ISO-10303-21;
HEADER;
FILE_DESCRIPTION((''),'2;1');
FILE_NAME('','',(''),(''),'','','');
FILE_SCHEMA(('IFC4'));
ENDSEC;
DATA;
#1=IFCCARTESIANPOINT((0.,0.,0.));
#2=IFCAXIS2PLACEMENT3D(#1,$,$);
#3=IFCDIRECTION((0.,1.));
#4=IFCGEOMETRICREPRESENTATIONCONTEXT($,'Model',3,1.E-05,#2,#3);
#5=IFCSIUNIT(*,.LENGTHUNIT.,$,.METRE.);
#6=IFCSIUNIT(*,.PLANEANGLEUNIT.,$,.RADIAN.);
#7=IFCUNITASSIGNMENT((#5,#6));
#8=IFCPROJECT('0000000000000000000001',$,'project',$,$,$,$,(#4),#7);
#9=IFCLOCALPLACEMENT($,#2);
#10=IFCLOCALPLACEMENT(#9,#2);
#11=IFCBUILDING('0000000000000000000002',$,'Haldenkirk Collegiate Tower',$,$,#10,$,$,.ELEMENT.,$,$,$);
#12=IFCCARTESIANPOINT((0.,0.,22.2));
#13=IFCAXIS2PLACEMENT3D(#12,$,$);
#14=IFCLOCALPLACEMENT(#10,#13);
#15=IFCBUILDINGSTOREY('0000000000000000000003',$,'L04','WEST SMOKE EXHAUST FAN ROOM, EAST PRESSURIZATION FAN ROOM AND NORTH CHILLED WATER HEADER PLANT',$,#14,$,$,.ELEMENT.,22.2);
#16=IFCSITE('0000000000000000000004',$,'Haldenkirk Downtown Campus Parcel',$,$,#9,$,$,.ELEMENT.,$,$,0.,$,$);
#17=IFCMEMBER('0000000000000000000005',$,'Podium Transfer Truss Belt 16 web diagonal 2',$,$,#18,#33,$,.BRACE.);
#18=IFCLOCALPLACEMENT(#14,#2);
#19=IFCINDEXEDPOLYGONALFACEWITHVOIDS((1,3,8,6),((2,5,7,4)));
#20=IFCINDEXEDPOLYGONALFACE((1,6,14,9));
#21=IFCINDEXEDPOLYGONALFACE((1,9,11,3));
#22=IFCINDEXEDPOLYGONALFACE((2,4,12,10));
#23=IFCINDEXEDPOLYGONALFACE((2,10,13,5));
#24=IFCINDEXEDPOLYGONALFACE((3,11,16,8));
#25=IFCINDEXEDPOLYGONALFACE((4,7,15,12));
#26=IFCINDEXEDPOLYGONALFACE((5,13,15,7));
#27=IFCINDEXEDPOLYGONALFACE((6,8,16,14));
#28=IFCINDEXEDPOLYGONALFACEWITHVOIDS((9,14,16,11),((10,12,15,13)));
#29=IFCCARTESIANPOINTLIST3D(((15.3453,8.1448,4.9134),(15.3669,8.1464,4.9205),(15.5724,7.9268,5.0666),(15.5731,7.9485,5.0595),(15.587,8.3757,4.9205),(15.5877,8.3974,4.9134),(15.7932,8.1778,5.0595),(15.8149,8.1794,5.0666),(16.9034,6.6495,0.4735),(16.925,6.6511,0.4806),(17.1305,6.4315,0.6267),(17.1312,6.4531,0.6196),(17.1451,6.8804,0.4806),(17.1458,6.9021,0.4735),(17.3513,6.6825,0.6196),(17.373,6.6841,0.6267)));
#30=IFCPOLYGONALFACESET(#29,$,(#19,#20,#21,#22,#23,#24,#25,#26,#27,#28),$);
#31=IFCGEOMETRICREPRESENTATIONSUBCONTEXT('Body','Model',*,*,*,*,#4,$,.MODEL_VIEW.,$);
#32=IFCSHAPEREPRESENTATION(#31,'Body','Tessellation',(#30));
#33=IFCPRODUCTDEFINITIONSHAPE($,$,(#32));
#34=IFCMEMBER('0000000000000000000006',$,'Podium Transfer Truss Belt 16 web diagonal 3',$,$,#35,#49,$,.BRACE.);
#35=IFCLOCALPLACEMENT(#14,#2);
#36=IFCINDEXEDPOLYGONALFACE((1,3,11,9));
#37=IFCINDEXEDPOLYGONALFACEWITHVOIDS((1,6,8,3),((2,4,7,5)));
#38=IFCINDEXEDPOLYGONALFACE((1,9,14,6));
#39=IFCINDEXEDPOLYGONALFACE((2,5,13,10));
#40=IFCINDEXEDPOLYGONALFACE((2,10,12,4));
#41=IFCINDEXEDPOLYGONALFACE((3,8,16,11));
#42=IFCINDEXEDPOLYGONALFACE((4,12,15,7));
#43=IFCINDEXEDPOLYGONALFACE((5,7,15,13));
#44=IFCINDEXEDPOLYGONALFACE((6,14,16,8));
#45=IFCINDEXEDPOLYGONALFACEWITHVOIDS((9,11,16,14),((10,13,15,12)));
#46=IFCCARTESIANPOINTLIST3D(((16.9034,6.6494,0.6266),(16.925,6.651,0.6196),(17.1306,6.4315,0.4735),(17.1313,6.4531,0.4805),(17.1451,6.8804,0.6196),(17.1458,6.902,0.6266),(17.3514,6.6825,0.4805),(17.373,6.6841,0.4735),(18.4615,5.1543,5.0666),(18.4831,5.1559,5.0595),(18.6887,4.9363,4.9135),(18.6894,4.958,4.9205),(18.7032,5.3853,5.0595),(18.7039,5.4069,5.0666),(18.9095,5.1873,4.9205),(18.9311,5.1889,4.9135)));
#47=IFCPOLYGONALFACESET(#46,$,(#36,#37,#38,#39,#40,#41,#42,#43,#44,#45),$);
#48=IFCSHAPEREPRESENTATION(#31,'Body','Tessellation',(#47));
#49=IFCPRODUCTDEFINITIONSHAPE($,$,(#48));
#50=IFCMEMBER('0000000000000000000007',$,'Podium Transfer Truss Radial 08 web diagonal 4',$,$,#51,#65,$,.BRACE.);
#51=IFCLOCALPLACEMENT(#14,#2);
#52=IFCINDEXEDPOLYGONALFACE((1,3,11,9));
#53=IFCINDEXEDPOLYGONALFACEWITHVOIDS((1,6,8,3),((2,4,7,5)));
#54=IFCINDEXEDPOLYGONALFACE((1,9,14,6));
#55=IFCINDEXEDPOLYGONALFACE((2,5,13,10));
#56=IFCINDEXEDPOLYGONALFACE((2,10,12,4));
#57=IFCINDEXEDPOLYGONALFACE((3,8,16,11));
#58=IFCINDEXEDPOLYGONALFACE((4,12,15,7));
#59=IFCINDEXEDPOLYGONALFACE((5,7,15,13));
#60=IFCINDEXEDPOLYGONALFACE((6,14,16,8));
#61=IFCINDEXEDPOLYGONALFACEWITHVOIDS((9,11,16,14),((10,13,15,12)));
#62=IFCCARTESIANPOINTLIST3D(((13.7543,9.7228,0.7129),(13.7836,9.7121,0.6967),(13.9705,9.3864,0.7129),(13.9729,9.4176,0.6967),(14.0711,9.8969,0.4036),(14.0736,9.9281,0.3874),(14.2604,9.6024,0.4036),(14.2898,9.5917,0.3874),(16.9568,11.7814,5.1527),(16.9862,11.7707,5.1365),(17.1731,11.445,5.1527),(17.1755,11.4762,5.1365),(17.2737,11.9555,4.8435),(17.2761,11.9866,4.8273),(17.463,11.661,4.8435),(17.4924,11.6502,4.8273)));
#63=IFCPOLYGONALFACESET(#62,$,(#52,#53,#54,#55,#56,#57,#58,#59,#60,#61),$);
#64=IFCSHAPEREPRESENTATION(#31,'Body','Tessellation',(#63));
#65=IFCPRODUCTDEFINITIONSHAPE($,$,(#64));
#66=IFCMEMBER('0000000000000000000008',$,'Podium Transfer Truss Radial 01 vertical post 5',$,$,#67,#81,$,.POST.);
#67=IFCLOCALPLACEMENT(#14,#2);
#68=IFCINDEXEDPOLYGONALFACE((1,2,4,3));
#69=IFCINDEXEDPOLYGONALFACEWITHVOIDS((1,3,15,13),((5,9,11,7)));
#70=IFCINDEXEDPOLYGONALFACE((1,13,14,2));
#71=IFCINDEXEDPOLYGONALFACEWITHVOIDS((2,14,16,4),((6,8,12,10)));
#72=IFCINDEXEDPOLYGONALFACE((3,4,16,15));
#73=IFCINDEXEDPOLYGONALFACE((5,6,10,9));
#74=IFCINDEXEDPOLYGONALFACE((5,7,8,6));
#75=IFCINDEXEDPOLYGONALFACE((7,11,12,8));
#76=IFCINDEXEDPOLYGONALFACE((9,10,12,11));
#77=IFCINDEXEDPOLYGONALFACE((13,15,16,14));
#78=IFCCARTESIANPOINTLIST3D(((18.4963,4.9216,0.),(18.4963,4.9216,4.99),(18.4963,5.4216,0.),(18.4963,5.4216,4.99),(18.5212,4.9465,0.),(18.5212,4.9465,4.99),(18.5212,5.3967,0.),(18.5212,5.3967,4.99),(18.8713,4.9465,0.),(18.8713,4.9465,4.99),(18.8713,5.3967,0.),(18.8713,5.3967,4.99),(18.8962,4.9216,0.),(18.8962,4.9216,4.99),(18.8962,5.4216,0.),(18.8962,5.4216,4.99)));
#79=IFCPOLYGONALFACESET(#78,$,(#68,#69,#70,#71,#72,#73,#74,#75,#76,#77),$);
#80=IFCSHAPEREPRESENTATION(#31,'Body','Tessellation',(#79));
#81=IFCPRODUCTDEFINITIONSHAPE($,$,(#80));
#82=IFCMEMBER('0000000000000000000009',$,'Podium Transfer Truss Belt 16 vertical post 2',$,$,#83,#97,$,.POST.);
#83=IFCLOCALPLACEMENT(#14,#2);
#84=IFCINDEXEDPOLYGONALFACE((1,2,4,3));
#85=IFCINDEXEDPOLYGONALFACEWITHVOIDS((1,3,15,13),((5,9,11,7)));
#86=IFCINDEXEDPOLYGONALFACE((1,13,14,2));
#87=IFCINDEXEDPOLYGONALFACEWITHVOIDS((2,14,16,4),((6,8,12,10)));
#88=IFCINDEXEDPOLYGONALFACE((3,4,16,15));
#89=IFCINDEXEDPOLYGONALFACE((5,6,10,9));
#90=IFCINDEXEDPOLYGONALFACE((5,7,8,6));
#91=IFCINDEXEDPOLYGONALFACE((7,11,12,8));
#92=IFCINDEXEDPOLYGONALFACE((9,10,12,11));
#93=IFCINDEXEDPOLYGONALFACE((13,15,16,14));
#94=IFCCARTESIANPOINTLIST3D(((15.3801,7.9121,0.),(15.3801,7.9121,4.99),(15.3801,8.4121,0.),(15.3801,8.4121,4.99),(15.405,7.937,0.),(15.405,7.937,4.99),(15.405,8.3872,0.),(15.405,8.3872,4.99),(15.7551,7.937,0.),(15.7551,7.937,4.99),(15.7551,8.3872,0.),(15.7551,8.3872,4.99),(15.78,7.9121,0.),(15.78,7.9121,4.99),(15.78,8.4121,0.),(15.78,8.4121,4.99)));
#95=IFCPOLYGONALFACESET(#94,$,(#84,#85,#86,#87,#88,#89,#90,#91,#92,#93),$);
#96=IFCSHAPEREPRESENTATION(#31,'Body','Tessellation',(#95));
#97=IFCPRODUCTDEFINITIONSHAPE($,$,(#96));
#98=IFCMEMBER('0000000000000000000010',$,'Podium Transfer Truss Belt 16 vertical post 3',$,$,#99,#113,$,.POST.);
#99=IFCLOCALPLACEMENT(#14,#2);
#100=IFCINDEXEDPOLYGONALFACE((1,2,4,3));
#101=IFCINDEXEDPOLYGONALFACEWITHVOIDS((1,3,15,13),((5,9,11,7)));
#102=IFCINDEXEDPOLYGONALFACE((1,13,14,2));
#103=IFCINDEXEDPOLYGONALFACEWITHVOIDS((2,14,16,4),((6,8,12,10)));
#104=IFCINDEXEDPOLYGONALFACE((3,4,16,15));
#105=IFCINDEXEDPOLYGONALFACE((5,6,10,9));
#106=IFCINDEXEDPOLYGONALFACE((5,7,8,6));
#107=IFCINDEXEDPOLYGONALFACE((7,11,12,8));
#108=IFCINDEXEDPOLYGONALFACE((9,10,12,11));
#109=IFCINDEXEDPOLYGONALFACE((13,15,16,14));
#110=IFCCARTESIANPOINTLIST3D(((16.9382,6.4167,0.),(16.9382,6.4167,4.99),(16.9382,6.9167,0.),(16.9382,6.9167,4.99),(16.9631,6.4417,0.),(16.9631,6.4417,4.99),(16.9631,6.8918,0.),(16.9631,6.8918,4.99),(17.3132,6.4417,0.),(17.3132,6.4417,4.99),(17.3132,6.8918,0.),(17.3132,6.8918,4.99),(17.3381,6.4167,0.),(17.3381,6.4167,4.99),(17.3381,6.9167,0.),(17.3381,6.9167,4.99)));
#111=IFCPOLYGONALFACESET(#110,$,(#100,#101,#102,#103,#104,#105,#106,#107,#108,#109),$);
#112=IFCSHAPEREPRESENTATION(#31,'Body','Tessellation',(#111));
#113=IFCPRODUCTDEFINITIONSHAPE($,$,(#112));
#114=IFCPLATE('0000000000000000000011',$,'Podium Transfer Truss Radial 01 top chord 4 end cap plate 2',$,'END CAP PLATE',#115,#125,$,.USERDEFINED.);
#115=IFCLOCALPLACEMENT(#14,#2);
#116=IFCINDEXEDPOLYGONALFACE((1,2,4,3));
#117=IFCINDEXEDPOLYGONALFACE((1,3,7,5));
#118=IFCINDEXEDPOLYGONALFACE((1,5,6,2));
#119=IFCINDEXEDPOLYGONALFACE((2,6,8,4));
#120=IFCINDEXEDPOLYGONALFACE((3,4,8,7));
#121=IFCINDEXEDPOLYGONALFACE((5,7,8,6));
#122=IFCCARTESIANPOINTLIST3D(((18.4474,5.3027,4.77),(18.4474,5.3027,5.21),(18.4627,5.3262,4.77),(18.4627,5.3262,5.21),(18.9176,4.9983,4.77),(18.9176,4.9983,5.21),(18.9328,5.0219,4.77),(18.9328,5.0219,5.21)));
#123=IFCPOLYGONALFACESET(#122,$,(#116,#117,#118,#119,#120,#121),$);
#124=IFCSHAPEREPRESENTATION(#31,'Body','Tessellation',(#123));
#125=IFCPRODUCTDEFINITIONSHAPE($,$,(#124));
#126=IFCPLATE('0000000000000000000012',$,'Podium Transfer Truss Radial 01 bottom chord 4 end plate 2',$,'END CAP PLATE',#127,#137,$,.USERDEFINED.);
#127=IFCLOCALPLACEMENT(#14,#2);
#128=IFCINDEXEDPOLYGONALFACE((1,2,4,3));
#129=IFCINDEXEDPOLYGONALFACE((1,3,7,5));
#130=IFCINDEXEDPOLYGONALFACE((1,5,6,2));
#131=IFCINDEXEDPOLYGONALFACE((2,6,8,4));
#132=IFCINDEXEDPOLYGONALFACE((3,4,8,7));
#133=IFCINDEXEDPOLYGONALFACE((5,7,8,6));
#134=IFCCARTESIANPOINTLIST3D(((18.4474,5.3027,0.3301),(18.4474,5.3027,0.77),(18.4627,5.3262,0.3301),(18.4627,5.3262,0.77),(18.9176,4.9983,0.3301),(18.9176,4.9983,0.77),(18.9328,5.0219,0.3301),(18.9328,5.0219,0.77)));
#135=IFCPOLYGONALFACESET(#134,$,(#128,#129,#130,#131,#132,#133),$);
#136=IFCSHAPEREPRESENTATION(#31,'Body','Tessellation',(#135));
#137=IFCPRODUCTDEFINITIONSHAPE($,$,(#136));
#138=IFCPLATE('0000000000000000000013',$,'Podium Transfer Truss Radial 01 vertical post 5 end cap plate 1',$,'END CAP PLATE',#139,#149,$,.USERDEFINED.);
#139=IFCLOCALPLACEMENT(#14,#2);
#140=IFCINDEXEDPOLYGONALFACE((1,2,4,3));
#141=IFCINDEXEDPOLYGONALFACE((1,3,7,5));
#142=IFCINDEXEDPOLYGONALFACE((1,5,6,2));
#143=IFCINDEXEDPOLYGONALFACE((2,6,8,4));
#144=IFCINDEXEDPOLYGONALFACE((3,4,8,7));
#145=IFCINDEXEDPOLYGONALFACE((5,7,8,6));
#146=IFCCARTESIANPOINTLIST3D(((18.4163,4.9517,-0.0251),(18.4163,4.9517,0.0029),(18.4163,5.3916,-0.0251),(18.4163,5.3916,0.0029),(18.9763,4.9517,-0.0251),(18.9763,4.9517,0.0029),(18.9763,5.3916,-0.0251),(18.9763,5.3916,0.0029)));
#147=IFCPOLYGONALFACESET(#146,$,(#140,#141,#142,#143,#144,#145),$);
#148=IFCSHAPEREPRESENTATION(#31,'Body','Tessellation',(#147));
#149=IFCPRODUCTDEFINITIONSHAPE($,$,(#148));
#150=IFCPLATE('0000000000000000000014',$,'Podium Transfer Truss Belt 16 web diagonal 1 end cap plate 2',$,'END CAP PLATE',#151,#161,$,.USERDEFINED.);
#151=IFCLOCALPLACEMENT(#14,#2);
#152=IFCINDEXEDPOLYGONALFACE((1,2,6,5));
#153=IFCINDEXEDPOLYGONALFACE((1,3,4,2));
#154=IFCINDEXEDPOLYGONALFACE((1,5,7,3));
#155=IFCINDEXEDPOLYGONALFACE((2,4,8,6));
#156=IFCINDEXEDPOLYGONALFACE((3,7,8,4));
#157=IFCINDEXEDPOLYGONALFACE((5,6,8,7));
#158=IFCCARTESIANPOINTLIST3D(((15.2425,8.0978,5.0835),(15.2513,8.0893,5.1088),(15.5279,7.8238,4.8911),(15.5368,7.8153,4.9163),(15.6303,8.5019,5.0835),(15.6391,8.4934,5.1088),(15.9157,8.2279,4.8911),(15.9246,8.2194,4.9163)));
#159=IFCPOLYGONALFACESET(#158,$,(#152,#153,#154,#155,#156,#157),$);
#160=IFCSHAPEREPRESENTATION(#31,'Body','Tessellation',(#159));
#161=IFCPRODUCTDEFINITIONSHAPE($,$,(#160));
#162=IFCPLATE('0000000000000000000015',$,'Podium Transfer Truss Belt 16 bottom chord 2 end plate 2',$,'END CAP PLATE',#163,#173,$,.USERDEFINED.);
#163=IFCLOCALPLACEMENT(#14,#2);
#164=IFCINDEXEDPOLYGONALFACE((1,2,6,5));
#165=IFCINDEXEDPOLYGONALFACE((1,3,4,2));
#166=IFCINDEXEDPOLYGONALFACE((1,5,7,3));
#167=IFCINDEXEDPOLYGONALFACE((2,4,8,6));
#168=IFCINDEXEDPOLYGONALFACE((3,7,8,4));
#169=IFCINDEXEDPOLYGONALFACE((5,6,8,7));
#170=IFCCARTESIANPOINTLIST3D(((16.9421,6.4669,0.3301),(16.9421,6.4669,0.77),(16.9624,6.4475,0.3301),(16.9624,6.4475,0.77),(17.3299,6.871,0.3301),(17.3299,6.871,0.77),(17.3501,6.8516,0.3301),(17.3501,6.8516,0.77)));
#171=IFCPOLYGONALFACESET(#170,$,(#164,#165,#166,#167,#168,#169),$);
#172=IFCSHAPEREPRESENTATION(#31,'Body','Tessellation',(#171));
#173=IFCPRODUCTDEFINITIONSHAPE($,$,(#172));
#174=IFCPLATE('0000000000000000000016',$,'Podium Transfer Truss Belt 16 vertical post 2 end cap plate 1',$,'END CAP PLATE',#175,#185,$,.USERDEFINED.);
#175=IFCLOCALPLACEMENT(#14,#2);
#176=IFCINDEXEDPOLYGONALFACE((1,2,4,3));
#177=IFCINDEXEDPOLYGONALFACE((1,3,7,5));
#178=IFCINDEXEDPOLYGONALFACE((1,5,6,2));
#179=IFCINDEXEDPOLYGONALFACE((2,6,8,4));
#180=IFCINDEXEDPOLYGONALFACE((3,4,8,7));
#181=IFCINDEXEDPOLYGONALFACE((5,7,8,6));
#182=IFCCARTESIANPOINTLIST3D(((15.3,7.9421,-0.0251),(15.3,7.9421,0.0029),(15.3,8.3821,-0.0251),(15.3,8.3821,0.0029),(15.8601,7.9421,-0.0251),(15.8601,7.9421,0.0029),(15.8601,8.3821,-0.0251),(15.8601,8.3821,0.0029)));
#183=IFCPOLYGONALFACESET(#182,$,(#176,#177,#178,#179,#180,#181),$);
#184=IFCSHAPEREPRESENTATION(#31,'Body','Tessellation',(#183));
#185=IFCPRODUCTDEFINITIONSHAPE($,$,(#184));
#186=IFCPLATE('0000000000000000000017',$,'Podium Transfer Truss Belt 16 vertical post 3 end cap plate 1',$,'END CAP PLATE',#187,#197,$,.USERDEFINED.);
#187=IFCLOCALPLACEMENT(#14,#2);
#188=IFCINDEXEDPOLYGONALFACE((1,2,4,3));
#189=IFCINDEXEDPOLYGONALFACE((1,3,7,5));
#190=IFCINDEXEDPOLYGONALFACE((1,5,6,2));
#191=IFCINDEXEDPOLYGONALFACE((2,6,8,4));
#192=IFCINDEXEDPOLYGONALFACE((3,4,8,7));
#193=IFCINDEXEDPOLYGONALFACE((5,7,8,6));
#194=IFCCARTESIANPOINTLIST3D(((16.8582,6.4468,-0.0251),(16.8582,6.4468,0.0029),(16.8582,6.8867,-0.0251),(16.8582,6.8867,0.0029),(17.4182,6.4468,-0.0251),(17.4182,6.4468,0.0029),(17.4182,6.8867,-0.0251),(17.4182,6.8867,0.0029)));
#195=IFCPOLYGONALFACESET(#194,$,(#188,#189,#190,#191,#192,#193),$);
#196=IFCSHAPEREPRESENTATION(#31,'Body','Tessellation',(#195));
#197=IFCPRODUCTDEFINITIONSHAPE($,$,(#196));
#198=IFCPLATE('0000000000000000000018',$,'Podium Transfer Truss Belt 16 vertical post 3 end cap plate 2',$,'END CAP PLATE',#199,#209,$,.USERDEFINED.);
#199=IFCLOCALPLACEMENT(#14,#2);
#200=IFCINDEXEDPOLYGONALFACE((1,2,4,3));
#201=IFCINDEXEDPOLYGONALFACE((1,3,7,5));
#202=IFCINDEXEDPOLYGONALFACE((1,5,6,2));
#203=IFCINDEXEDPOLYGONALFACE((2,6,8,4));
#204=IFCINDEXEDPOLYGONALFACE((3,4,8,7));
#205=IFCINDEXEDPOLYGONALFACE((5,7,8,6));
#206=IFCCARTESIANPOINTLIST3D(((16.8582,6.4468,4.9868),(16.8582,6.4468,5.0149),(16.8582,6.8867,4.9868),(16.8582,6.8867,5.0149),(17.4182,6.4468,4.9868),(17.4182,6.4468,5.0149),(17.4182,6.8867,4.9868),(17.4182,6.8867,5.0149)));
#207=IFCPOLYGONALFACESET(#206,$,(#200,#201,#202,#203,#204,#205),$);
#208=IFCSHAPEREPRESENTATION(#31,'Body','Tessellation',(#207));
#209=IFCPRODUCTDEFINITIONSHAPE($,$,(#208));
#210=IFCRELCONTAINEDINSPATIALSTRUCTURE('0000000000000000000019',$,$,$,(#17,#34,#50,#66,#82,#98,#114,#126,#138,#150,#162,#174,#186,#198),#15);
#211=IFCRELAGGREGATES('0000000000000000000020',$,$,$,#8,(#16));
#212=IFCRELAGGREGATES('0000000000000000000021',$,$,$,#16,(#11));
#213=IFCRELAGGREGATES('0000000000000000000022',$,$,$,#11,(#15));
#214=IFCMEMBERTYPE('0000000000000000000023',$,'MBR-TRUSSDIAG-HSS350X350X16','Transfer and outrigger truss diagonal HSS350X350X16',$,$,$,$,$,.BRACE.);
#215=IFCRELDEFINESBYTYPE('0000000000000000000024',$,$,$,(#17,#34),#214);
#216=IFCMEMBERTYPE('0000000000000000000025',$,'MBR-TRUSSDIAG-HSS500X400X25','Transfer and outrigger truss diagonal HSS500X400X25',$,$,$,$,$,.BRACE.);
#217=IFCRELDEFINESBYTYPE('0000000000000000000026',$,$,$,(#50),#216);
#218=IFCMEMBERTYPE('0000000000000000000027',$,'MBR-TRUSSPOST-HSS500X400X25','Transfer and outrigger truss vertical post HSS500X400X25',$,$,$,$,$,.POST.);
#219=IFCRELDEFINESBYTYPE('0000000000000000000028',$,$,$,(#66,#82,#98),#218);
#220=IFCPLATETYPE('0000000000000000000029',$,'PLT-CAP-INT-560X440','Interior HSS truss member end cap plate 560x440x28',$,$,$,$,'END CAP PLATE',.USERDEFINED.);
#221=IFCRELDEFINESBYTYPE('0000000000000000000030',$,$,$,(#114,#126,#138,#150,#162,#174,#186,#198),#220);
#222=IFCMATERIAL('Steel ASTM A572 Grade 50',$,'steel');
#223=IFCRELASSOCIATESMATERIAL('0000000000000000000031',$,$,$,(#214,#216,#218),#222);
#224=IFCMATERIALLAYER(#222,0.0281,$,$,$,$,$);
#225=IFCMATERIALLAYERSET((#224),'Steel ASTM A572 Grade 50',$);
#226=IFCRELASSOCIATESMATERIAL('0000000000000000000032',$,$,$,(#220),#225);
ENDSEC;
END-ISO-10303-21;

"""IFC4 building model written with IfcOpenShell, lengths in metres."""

from ifc_helpers import new_model, si_unit, direction, frame, origin, origin_2d, place, context, subcontext, project, spatial, rectangle, hollow_rectangle, extrude, source, transform, mapped, material, layer, layer_set, material_profile, profile_set, type_object, element, save


model = new_model("IFC4")

# Units and contexts
model_context = context("Model", 3, precision=1e-05, world=origin(), true_north=direction((0.0, 1.0)))
body_context = subcontext(model_context, "Body", "Model", "MODEL_VIEW")
ifc_project = project(units=[si_unit("LENGTHUNIT", "METRE"), si_unit("PLANEANGLEUNIT", "RADIAN")], contexts=[model_context])

# Site, building, storey
site_placement = place(None, origin())
site = spatial("IfcSite", under=ifc_project, at=site_placement, Name="Haldenkirk Downtown Campus Parcel", CompositionType="ELEMENT", RefElevation=0.0)
building_placement = place(site_placement, origin())
building = spatial("IfcBuilding", under=site, at=building_placement, Name="Haldenkirk Collegiate Tower", CompositionType="ELEMENT")
storey_placement = place(building_placement, frame((0.0, 0.0, 22.2)))
storey = spatial("IfcBuildingStorey", under=building, at=storey_placement, Name="L04", Description="WEST SMOKE EXHAUST FAN ROOM, EAST PRESSURIZATION FAN ROOM AND NORTH CHILLED WATER HEADER PLANT", CompositionType="ELEMENT", Elevation=22.2)

# Members
ifc_material_1 = material(Name="Steel ASTM A572 Grade 50", Category="steel")
ifc_material_profile_1 = material_profile(ifc_material_1, hollow_rectangle(XDim=0.3501, YDim=0.3501, WallThickness=0.0161, at=origin_2d()), Name="HSS350X350X16")
ifc_profile_set_1 = profile_set([ifc_material_profile_1], Name="Steel ASTM A572 Grade 50")
member_type_1 = type_object("IfcMemberType", Name="MBR-TRUSSDIAG-HSS350X350X16", Description="Transfer and outrigger truss diagonal HSS350X350X16", PredefinedType="BRACE", material=ifc_profile_set_1)
for number, where, z_axis, x_axis, name in (
    (1, (15.5801, 8.1621, 4.99), (0.315579, -0.302871, -0.899266), (0.692431, 0.721484, 0.0), "Podium Transfer Truss Belt 16 web diagonal 2"),
    (2, (17.1382, 6.6667, 0.55), (0.315584, -0.302826, 0.89928), (0.692372, 0.721541, 0.0), "Podium Transfer Truss Belt 16 web diagonal 3"),
):
    element("IfcMember", number, at=place(storey_placement, frame(where, z_axis=z_axis, x_axis=x_axis)), inside=storey, type_object=member_type_1, Name=name, PredefinedType="BRACE", context=body_context, shape_type="SweptSolid", body=[
        extrude(hollow_rectangle(XDim=0.3501, YDim=0.3501, WallThickness=0.0161, at=origin_2d()), origin(), (0.0, 0.0, 1.0), 4.9373),
    ])
ifc_material_profile_2 = material_profile(ifc_material_1, hollow_rectangle(XDim=0.3999, YDim=0.5, WallThickness=0.0249, at=origin_2d()), Name="HSS500X400X25")
ifc_profile_set_2 = profile_set([ifc_material_profile_2], Name="Steel ASTM A572 Grade 50")
member_type_2 = type_object("IfcMemberType", Name="MBR-TRUSSDIAG-HSS500X400X25", Description="Transfer and outrigger truss diagonal HSS500X400X25", PredefinedType="BRACE", material=ifc_profile_set_2)
member_1_placement = place(storey_placement, frame((17.2246, 11.7158, 4.99), z_axis=(-0.547577, -0.351972, -0.759128), x_axis=(0.540712, -0.841208, 0.0)))
element("IfcMember", 3, at=member_1_placement, inside=storey, type_object=member_type_2, Name="Podium Transfer Truss Radial 08 web diagonal 4", PredefinedType="BRACE", context=body_context, shape_type="SweptSolid", body=[
    extrude(hollow_rectangle(XDim=0.3999, YDim=0.5, WallThickness=0.0249, at=origin_2d()), origin(), (0.0, 0.0, 1.0), 5.8486),
])
ifc_material_profile_3 = material_profile(ifc_material_1, hollow_rectangle(XDim=0.3999, YDim=0.5, WallThickness=0.0249, at=origin_2d()), Name="HSS500X400X25")
ifc_profile_set_3 = profile_set([ifc_material_profile_3], Name="Steel ASTM A572 Grade 50")
member_type_3 = type_object("IfcMemberType", Name="MBR-TRUSSPOST-HSS500X400X25", Description="Transfer and outrigger truss vertical post HSS500X400X25", PredefinedType="POST", material=ifc_profile_set_3)
for number, where, z_axis, x_axis, name in (
    (4, (18.6963, 5.1716, 0.0), (0.0, 0.0, 1.0), (1.0, 0.0, 0.0), "Podium Transfer Truss Radial 01 vertical post 5"),
    (5, (15.5801, 8.1621, 0.0), (0.0, 0.0, 1.0), (1.0, 0.0, 0.0), "Podium Transfer Truss Belt 16 vertical post 2"),
    (6, (17.1382, 6.6667, 0.0), (0.0, 0.0, 1.0), (1.0, 0.0, 0.0), "Podium Transfer Truss Belt 16 vertical post 3"),
):
    element("IfcMember", number, at=place(storey_placement, frame(where, z_axis=z_axis, x_axis=x_axis)), inside=storey, type_object=member_type_3, Name=name, PredefinedType="POST", context=body_context, shape_type="SweptSolid", body=[
        extrude(hollow_rectangle(XDim=0.3999, YDim=0.5, WallThickness=0.0249, at=origin_2d()), origin(), (0.0, 0.0, 1.0), 4.99),
    ])

# Plates
ifc_layer = layer(ifc_material_1, 0.0281)
ifc_layer_set = layer_set([ifc_layer], Name="Steel ASTM A572 Grade 50")
plate_type = type_object("IfcPlateType", Name="PLT-CAP-INT-560X440", Description="Interior HSS truss member end cap plate 560x440x28", ElementType="END CAP PLATE", PredefinedType="USERDEFINED", material=ifc_layer_set)
shared_shape = source(origin(), body_context, "Body", "SweptSolid", [
    extrude(rectangle(XDim=0.5601, YDim=0.4399, at=origin_2d()), origin(), (0.0, 0.0, 1.0), 0.0281),
])
for number, where, z_axis, x_axis, name in (
    (7, (18.6978, 5.1741, 4.99), (-0.5434, -0.839474, 0.0), (0.839474, -0.5434, 0.0), "Podium Transfer Truss Radial 01 top chord 4 end cap plate 2"),
    (8, (18.6978, 5.1741, 0.55), (-0.543392, -0.839479, 0.0), (0.839479, -0.543392, 0.0), "Podium Transfer Truss Radial 01 bottom chord 4 end plate 2"),
    (9, (18.6963, 5.1716, 0.0029), (0.0, 0.0, -1.0), (1.0, 0.0, 0.0), "Podium Transfer Truss Radial 01 vertical post 5 end cap plate 1"),
    (10, (15.5791, 8.1628, 4.9873), (0.315578, -0.302838, 0.899277), (0.692393, 0.721521, 0.0), "Podium Transfer Truss Belt 16 web diagonal 1 end cap plate 2"),
    (11, (17.136, 6.6689, 0.55), (0.721513, -0.692401, 0.0), (0.692401, 0.721513, 0.0), "Podium Transfer Truss Belt 16 bottom chord 2 end plate 2"),
    (12, (15.5801, 8.1621, 0.0029), (0.0, 0.0, -1.0), (1.0, 0.0, 0.0), "Podium Transfer Truss Belt 16 vertical post 2 end cap plate 1"),
    (13, (17.1382, 6.6667, 0.0029), (0.0, 0.0, -1.0), (1.0, 0.0, 0.0), "Podium Transfer Truss Belt 16 vertical post 3 end cap plate 1"),
    (14, (17.1382, 6.6667, 4.9868), (0.0, 0.0, 1.0), (1.0, 0.0, 0.0), "Podium Transfer Truss Belt 16 vertical post 3 end cap plate 2"),
):
    element("IfcPlate", number, at=place(storey_placement, frame(where, z_axis=z_axis, x_axis=x_axis)), inside=storey, type_object=plate_type, Name=name, ObjectType="END CAP PLATE", PredefinedType="USERDEFINED", context=body_context, shape_type="MappedRepresentation", body=[
        mapped(shared_shape, transform((0.0, 0.0, 0.0), x_axis=(1.0, 0.0, 0.0), y_axis=(0.0, 1.0, 0.0), z_axis=(0.0, 0.0, 1.0), scale=1.0)),
    ])

save(model, "model.ifc")
